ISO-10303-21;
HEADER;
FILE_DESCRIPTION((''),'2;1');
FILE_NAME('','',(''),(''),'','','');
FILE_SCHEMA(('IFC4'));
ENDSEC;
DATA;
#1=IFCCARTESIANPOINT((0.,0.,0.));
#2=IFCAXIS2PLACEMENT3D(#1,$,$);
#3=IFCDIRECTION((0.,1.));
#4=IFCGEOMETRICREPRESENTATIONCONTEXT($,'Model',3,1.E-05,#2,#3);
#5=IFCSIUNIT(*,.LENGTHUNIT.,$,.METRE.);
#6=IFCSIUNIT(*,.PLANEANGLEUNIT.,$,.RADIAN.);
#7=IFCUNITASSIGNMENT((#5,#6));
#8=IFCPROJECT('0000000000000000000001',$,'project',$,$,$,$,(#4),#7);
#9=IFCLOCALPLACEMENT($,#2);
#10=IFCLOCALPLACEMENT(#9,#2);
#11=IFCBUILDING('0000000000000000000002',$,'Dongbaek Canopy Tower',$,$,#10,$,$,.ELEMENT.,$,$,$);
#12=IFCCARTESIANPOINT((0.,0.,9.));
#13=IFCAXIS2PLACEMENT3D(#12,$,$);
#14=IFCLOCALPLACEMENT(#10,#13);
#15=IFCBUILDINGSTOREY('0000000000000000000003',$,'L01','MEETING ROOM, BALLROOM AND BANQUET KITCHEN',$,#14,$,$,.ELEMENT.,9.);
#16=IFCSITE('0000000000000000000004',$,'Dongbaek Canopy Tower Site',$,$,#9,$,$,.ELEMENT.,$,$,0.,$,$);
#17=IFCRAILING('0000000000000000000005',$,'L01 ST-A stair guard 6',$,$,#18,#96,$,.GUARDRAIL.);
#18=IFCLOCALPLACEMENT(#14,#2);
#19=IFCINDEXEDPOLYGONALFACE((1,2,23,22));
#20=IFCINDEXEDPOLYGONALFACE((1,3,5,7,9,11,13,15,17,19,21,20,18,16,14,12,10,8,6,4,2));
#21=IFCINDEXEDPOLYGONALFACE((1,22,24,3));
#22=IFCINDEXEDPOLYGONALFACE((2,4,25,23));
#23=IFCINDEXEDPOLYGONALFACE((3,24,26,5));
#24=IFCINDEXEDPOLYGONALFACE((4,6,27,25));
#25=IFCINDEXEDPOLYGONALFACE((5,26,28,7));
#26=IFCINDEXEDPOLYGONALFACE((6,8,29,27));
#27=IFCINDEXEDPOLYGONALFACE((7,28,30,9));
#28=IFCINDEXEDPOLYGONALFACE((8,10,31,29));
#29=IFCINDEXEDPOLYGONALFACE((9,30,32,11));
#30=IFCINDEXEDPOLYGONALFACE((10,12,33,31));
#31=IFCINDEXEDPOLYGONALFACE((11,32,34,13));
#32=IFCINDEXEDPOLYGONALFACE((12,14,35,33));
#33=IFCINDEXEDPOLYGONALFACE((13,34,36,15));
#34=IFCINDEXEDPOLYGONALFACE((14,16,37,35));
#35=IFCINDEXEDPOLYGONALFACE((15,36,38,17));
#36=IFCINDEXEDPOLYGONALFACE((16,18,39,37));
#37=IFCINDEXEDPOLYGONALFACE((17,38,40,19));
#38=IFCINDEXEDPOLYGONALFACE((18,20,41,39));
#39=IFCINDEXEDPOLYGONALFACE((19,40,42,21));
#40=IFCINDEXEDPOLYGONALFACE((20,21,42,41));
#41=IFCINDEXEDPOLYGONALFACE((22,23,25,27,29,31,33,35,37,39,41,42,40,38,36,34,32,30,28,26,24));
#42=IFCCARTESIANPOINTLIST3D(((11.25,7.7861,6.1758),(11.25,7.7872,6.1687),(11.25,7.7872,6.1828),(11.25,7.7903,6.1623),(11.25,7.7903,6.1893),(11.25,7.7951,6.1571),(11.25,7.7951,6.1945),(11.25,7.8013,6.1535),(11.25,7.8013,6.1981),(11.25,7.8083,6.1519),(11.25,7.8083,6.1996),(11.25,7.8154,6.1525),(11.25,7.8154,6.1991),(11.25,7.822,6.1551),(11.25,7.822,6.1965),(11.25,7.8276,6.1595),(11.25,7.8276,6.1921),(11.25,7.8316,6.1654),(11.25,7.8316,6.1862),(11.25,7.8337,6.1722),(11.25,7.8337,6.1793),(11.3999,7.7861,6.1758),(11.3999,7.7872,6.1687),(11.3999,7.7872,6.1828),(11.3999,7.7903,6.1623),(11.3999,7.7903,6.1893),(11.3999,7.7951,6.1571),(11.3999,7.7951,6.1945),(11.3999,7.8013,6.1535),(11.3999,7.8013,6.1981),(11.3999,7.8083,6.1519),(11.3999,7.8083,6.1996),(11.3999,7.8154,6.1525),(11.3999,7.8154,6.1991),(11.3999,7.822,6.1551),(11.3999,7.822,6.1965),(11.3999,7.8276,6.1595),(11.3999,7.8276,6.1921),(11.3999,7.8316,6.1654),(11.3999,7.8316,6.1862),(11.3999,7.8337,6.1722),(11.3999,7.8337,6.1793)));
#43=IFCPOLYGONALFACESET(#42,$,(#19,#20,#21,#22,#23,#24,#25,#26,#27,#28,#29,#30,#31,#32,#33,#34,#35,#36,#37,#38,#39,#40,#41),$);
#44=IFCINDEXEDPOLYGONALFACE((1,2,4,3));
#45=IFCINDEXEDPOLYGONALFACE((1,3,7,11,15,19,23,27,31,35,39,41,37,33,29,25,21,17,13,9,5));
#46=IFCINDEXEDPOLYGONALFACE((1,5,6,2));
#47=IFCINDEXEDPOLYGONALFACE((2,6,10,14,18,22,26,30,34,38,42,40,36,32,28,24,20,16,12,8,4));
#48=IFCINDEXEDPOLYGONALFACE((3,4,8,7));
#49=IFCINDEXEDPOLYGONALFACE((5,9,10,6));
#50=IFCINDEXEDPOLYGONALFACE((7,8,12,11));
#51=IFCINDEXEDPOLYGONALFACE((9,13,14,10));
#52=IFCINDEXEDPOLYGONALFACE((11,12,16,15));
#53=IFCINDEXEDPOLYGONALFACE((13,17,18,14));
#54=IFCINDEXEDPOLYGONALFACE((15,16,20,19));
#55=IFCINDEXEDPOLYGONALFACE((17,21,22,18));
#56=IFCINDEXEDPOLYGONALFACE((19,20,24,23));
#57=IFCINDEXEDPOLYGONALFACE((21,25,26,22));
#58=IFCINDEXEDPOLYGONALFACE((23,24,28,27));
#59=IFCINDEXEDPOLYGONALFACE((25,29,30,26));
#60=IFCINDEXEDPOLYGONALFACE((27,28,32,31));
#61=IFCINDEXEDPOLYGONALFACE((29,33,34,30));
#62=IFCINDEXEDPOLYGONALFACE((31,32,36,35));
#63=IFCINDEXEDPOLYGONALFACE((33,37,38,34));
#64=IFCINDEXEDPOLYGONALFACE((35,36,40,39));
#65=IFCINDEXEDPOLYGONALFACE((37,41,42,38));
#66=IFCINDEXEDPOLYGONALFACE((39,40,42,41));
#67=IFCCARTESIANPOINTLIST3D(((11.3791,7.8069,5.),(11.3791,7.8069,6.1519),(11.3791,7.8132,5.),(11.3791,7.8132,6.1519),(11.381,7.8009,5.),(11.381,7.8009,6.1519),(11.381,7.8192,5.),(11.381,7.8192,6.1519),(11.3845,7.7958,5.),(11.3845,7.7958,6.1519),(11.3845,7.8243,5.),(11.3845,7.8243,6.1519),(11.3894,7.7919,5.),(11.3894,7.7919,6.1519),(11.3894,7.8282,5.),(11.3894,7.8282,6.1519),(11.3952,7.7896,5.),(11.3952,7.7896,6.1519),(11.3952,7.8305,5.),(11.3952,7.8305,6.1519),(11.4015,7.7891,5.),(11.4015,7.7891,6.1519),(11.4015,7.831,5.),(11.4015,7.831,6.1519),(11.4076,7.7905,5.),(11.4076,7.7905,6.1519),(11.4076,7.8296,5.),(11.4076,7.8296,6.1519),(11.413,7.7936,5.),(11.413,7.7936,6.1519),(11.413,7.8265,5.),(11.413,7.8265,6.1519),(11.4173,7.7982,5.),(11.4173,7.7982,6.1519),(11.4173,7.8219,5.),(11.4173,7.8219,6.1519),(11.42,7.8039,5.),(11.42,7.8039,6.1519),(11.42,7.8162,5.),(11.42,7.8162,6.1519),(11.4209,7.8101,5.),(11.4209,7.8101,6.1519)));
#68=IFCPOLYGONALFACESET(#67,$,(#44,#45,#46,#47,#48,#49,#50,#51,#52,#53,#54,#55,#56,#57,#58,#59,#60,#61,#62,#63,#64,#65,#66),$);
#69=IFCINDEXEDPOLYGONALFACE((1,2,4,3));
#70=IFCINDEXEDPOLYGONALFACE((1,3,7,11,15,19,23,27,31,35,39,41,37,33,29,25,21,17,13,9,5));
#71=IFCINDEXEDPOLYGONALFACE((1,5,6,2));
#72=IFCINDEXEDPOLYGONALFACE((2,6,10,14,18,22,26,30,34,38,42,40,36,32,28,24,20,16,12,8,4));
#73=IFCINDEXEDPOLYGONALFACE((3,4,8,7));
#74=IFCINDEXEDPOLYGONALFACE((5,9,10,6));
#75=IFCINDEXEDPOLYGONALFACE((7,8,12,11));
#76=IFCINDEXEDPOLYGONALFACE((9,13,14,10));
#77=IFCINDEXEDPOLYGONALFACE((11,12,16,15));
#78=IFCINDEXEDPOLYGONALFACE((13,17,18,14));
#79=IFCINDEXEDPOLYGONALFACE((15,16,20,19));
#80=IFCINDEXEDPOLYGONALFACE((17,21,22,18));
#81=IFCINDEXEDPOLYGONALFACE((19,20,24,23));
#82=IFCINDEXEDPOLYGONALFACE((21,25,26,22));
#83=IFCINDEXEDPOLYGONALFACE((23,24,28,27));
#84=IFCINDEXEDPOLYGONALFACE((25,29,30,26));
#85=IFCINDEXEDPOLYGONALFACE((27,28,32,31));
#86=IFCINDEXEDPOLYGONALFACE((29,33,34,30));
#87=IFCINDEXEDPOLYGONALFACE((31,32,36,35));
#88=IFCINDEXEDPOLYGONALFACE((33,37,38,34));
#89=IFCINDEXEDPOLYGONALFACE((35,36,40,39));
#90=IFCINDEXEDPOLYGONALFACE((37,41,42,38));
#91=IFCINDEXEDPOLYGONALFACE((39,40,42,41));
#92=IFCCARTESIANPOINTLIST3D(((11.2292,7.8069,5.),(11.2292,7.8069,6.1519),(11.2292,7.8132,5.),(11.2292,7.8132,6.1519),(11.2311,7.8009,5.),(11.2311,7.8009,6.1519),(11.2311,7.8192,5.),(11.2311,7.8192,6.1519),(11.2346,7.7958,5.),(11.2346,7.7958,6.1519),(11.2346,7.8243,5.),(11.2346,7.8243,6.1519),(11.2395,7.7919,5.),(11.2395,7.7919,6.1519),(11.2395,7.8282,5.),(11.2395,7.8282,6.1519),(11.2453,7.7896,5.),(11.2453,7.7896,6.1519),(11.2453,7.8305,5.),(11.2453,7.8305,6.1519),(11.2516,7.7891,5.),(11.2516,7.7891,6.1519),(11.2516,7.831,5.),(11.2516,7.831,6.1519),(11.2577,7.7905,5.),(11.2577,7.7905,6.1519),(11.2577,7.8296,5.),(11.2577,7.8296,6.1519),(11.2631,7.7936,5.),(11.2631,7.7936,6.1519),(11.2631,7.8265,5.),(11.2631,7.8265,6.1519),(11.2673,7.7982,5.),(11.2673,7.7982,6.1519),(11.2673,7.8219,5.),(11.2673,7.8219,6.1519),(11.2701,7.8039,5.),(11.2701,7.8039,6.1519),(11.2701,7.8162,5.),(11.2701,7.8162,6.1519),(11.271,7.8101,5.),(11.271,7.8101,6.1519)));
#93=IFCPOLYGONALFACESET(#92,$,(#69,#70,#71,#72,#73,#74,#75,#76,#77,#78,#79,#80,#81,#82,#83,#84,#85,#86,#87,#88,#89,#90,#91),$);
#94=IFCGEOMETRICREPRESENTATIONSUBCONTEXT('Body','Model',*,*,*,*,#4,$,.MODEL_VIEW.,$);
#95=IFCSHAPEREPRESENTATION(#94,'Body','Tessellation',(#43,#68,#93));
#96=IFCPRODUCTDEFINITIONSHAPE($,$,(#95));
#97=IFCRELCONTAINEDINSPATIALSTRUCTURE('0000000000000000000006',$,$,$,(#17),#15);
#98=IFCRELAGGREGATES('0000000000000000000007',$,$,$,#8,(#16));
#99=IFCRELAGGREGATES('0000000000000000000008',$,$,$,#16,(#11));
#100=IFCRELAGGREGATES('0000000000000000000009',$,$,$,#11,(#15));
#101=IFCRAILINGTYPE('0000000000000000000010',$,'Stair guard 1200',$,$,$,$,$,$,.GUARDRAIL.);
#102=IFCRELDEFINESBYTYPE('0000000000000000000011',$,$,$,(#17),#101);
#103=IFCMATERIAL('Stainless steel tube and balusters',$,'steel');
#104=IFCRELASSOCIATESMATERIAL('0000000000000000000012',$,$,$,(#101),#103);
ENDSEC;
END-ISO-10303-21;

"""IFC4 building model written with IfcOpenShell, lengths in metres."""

from ifc_helpers import new_model, si_unit, direction, frame, origin, origin_2d, place, context, subcontext, project, spatial, circle, extrude, material, type_object, element, save


model = new_model("IFC4")

# Units and contexts
model_context = context("Model", 3, precision=1e-05, world=origin(), true_north=direction((0.0, 1.0)))
body_context = subcontext(model_context, "Body", "Model", "MODEL_VIEW")
ifc_project = project(units=[si_unit("LENGTHUNIT", "METRE"), si_unit("PLANEANGLEUNIT", "RADIAN")], contexts=[model_context])

# Site, building, storey
site_placement = place(None, origin())
site = spatial("IfcSite", under=ifc_project, at=site_placement, Name="Dongbaek Canopy Tower Site", CompositionType="ELEMENT", RefElevation=0.0)
building_placement = place(site_placement, origin())
building = spatial("IfcBuilding", under=site, at=building_placement, Name="Dongbaek Canopy Tower", CompositionType="ELEMENT")
storey_placement = place(building_placement, frame((0.0, 0.0, 9.0)))
storey = spatial("IfcBuildingStorey", under=building, at=storey_placement, Name="L01", Description="MEETING ROOM, BALLROOM AND BANQUET KITCHEN", CompositionType="ELEMENT", Elevation=9.0)

# Railing
ifc_material_1 = material(Name="Stainless steel tube and balusters", Category="steel")
railing_type = type_object("IfcRailingType", Name="Stair guard 1200", PredefinedType="GUARDRAIL", material=ifc_material_1)
railing_1_placement = place(storey_placement, frame((11.3999, 7.8101, 5.0)))
element("IfcRailing", 1, at=railing_1_placement, inside=storey, type_object=railing_type, Name="L01 ST-A stair guard 6", PredefinedType="GUARDRAIL", context=body_context, shape_type="SweptSolid", body=[
    extrude(circle(Radius=0.0239, at=origin_2d()), frame((0.0, 0.0, 1.1758), z_axis=(-1.0, 0.0, 0.0), x_axis=(0.0, -1.0, 0.0)), (0.0, 0.0, 1.0), 0.1499),
    extrude(circle(Radius=0.021, at=origin_2d()), origin(), (0.0, 0.0, 1.0), 1.1519),
    extrude(circle(Radius=0.021, at=origin_2d()), frame((-0.1499, 0.0, 0.0)), (0.0, 0.0, 1.0), 1.1519),
])

save(model, "model.ifc")
